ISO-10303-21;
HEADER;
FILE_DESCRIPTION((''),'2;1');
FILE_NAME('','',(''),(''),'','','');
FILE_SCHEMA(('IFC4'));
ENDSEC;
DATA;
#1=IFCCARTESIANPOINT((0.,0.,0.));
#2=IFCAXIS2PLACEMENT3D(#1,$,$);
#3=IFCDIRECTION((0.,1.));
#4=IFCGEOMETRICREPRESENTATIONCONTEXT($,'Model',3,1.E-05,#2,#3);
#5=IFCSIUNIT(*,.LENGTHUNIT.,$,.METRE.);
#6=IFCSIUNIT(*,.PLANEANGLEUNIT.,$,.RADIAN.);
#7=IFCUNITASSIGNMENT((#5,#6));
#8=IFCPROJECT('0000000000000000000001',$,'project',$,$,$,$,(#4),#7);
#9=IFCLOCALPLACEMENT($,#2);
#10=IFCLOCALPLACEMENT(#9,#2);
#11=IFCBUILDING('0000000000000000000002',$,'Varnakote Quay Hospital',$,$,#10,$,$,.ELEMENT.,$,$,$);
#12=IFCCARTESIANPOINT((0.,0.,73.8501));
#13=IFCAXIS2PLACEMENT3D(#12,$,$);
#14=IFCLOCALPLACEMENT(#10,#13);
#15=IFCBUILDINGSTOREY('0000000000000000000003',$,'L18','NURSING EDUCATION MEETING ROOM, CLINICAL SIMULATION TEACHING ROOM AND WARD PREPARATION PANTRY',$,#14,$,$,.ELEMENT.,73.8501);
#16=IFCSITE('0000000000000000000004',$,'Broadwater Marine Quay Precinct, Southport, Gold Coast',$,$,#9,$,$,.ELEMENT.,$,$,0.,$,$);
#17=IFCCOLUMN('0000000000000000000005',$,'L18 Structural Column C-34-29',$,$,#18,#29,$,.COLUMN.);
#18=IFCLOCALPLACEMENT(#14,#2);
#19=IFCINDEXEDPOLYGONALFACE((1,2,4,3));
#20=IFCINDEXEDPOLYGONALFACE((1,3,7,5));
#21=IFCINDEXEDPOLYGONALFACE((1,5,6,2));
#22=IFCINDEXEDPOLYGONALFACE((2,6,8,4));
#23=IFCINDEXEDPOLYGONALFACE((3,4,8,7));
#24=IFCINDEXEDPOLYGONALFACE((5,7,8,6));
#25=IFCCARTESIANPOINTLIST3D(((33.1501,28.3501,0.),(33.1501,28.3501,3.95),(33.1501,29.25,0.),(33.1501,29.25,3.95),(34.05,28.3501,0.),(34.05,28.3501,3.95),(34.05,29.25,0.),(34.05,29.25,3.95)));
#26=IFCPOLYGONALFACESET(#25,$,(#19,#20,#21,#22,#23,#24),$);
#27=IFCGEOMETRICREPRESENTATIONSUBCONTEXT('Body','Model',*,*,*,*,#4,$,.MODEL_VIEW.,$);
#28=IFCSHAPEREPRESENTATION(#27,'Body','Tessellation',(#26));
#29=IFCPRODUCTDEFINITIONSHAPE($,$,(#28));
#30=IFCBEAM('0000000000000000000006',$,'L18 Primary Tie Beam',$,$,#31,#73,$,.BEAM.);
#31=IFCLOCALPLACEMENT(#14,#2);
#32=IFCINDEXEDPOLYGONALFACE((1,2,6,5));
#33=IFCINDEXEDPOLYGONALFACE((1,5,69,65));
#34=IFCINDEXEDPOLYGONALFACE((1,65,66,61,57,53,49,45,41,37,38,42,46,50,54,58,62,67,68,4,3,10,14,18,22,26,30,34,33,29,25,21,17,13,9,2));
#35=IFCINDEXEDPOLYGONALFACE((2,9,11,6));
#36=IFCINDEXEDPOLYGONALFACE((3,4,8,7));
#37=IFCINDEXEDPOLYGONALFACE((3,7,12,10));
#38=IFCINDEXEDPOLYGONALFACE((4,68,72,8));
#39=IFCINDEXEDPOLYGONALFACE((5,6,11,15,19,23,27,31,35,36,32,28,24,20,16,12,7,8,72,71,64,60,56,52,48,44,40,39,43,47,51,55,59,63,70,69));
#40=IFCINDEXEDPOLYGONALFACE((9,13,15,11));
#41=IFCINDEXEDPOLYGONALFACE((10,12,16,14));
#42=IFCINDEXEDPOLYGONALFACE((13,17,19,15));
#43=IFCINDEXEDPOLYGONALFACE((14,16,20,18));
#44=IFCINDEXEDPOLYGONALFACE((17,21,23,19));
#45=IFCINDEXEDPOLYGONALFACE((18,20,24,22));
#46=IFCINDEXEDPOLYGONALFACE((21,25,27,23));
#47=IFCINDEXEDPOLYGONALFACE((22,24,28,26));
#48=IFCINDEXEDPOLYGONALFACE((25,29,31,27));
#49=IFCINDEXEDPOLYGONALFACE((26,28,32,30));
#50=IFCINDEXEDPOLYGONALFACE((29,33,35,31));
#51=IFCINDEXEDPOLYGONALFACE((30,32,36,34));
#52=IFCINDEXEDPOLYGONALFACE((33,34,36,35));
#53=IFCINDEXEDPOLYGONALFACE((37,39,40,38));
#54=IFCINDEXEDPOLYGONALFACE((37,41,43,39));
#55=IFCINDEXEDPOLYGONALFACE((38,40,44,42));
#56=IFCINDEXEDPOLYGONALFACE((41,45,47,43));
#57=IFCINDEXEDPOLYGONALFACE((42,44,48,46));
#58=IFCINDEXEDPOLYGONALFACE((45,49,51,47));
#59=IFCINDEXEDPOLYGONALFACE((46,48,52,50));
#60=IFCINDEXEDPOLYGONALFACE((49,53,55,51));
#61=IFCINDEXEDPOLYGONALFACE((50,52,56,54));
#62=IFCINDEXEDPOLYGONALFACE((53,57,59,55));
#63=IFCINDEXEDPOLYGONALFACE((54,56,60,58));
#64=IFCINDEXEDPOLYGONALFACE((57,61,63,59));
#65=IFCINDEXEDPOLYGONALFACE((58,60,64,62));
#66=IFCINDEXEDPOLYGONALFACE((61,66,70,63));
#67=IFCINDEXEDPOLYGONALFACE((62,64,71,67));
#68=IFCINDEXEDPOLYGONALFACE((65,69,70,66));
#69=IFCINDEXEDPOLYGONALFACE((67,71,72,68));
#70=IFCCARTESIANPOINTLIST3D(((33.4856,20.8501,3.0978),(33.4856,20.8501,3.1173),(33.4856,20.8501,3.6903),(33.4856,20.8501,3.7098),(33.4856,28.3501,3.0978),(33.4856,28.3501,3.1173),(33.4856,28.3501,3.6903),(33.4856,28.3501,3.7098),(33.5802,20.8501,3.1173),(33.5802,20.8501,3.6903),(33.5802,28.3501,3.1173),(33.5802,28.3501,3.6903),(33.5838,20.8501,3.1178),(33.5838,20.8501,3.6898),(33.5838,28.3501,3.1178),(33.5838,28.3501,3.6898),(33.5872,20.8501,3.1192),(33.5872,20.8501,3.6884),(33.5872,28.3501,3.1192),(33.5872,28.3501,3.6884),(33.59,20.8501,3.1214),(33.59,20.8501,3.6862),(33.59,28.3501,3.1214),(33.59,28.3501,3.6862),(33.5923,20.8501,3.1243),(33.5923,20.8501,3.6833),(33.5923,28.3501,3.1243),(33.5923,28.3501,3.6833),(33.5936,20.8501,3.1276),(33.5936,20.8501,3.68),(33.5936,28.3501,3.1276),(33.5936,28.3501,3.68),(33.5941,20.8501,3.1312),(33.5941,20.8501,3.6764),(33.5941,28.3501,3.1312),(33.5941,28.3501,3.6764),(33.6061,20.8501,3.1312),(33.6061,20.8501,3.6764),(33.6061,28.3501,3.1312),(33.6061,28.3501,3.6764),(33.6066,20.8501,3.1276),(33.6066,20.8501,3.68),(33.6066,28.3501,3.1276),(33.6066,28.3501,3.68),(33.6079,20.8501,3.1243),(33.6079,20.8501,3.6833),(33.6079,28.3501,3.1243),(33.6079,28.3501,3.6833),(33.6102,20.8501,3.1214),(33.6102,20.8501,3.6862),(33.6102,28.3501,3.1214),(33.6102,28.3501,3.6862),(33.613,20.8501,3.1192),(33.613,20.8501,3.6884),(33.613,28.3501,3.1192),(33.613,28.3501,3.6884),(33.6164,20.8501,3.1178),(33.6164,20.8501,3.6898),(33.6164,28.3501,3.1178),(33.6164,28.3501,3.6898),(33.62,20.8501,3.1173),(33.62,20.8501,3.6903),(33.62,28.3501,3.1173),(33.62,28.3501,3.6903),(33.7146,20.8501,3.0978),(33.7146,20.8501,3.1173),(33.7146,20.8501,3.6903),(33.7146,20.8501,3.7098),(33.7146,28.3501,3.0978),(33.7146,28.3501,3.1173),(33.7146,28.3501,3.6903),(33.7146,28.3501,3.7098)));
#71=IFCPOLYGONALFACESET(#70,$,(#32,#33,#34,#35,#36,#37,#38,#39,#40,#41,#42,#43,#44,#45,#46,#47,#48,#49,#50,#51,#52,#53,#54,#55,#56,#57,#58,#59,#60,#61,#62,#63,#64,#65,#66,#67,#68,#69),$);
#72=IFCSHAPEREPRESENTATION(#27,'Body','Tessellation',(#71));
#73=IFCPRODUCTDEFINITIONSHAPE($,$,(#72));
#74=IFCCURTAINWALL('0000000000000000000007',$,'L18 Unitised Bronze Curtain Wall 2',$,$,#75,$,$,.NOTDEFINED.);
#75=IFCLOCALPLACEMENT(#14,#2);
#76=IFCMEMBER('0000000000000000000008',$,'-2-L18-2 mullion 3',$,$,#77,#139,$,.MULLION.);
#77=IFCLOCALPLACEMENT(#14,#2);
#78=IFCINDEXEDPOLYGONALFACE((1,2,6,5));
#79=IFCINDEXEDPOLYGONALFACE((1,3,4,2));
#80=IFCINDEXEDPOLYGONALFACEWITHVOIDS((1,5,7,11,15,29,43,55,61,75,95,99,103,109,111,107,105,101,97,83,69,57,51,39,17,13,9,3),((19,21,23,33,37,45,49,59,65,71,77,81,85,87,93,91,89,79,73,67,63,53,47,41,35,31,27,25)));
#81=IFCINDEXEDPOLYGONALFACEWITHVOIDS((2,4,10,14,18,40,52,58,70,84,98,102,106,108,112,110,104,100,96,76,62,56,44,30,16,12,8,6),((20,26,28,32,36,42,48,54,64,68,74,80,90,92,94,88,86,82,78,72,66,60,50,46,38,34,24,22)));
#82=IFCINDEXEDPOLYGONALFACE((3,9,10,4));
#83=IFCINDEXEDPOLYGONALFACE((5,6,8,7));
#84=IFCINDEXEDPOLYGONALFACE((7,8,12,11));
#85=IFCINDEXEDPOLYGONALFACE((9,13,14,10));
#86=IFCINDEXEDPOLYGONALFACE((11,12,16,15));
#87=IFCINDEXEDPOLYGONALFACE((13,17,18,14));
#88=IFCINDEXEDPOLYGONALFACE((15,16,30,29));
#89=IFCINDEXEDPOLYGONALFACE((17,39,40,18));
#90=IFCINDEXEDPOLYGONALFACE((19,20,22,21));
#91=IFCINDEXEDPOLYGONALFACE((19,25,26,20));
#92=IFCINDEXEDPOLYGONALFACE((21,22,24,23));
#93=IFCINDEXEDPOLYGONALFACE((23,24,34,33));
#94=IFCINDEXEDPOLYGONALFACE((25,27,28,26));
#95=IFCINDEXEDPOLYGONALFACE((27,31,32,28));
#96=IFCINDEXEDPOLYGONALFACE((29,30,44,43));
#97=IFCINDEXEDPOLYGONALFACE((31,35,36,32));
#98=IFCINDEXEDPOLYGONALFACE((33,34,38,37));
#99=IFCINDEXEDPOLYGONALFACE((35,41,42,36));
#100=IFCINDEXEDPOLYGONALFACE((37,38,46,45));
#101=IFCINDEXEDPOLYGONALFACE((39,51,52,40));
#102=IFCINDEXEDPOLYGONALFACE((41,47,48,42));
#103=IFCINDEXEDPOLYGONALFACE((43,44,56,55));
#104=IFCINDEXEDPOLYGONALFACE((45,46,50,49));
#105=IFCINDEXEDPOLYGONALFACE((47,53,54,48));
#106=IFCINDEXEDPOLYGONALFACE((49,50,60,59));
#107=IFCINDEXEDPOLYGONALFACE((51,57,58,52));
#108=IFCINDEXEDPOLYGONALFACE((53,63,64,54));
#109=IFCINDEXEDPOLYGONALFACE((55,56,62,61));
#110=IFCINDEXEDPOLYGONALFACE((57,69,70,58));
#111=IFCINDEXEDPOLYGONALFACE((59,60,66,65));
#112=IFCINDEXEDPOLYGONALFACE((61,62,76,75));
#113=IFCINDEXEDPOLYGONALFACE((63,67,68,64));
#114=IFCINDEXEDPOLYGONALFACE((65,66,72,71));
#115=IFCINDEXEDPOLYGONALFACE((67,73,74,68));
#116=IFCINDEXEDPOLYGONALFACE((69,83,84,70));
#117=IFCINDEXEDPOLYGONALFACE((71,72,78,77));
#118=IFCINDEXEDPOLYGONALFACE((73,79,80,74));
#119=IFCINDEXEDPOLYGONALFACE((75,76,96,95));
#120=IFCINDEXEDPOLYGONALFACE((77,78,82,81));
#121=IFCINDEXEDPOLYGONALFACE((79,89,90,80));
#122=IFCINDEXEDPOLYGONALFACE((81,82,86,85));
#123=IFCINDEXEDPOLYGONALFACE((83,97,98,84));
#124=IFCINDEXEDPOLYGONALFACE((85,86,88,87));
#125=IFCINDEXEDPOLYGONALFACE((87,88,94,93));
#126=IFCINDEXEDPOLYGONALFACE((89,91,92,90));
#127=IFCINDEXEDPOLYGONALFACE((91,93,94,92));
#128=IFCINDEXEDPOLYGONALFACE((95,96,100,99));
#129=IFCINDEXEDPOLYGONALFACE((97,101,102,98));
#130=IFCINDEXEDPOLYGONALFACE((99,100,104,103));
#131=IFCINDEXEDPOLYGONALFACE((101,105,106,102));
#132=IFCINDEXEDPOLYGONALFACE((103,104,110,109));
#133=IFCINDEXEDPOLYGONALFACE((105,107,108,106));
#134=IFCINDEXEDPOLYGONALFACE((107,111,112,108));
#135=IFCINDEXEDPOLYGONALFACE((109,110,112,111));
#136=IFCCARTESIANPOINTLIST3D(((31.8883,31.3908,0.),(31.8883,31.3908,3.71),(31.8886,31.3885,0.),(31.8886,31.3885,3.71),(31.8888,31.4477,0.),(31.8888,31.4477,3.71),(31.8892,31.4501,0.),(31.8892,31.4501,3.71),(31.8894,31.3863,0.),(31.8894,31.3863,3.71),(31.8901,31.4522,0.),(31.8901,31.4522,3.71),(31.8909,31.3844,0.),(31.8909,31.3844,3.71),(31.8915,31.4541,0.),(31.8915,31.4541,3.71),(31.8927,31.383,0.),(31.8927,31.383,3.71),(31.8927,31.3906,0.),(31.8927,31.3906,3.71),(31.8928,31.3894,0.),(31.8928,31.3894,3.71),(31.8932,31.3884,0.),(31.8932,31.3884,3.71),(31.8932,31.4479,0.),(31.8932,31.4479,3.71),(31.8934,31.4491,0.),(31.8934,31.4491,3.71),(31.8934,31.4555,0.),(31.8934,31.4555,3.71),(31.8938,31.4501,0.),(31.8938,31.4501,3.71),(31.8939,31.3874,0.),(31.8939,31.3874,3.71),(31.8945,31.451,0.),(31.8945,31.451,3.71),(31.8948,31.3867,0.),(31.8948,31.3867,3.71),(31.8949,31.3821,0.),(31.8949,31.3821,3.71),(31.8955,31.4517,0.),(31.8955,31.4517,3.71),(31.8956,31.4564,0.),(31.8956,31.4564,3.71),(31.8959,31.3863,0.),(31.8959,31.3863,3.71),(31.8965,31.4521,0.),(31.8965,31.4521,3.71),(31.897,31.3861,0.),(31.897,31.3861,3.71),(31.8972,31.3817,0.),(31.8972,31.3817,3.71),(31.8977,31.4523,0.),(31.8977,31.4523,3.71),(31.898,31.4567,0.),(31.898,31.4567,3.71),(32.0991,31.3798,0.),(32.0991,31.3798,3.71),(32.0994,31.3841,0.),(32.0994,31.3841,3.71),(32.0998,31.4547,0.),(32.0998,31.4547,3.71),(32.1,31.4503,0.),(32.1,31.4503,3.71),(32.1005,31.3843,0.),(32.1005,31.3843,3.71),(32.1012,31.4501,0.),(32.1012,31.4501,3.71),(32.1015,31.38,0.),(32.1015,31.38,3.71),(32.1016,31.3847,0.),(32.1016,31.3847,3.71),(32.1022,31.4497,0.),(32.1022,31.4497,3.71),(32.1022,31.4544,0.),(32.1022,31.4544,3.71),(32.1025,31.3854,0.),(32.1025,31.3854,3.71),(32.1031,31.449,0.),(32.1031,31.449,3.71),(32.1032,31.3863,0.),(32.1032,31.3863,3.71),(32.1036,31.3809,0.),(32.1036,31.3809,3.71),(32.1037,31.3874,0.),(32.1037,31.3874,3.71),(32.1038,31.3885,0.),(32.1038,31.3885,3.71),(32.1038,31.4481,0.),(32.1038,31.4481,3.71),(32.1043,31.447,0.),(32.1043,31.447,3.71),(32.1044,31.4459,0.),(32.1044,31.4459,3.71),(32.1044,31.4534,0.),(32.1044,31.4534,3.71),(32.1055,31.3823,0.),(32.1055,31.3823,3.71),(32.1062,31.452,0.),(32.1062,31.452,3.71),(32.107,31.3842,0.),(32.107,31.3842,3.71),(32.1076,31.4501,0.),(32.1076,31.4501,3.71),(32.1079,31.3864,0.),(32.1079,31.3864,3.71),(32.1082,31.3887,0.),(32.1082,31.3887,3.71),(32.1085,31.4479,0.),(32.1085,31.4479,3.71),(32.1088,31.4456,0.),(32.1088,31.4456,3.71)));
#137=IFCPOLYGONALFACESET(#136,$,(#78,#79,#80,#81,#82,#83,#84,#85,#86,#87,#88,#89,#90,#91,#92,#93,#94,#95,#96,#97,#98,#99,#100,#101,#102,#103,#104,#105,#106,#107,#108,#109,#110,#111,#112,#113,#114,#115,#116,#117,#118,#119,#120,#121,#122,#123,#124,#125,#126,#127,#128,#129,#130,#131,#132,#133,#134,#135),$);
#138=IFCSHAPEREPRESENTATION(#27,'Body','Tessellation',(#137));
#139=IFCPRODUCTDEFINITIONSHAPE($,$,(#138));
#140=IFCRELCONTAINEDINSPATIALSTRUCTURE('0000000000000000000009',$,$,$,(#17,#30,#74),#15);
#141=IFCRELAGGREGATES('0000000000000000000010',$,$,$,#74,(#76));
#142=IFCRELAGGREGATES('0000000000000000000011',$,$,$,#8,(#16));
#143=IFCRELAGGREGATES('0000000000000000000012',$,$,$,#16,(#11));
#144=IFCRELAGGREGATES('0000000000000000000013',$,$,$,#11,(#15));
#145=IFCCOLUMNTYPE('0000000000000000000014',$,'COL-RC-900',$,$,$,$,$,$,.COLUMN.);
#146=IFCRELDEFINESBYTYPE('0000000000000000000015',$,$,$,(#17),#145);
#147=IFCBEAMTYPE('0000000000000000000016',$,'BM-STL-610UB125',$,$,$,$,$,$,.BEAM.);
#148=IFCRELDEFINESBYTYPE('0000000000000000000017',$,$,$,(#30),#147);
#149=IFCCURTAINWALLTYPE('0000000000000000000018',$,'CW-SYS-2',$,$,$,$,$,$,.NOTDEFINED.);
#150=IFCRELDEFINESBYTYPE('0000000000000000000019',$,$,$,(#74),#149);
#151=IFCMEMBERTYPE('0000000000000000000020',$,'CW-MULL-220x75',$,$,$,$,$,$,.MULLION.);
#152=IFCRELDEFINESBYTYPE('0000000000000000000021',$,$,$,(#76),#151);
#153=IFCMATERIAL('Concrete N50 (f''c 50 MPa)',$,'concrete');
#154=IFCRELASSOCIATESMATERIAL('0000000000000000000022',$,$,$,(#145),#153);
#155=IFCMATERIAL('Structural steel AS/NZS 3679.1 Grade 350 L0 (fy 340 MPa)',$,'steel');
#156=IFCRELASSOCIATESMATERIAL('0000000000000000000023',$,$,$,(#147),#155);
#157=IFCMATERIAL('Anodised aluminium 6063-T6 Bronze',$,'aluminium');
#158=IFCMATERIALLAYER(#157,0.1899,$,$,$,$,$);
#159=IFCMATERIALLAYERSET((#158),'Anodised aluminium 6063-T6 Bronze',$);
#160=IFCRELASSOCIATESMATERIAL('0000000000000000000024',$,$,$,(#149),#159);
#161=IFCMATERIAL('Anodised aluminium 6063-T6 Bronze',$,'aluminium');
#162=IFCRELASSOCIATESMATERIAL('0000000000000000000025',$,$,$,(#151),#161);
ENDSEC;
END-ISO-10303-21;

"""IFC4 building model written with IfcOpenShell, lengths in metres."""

from ifc_helpers import new_model, si_unit, direction, frame, origin, origin_2d, place, context, subcontext, project, spatial, rectangle, hollow_rectangle, i_section, extrude, material, layer, layer_set, material_profile, profile_set, type_object, element, aggregate, save


model = new_model("IFC4")

# Units and contexts
model_context = context("Model", 3, precision=1e-05, world=origin(), true_north=direction((0.0, 1.0)))
body_context = subcontext(model_context, "Body", "Model", "MODEL_VIEW")
ifc_project = project(units=[si_unit("LENGTHUNIT", "METRE"), si_unit("PLANEANGLEUNIT", "RADIAN")], contexts=[model_context])

# Site, building, storey
site_placement = place(None, origin())
site = spatial("IfcSite", under=ifc_project, at=site_placement, Name="Broadwater Marine Quay Precinct, Southport, Gold Coast", CompositionType="ELEMENT", RefElevation=0.0)
building_placement = place(site_placement, origin())
building = spatial("IfcBuilding", under=site, at=building_placement, Name="Varnakote Quay Hospital", CompositionType="ELEMENT")
storey_placement = place(building_placement, frame((0.0, 0.0, 73.8501)))
storey = spatial("IfcBuildingStorey", under=building, at=storey_placement, Name="L18", Description="NURSING EDUCATION MEETING ROOM, CLINICAL SIMULATION TEACHING ROOM AND WARD PREPARATION PANTRY", CompositionType="ELEMENT", Elevation=73.8501)

# Column
ifc_material_1 = material(Name="Concrete N50 (f'c 50 MPa)", Category="concrete")
ifc_material_profile_1 = material_profile(ifc_material_1, rectangle(XDim=0.8999, YDim=0.8999, at=origin_2d()), Name="RC-COL-900x900")
ifc_profile_set_1 = profile_set([ifc_material_profile_1], Name="Concrete N50 (f'c 50 MPa)")
column_type = type_object("IfcColumnType", Name="COL-RC-900", PredefinedType="COLUMN", material=ifc_profile_set_1)
column_placement = place(storey_placement, frame((33.6001, 28.8, 0.0), z_axis=(0.0, 0.0, 1.0), x_axis=(1.0, 0.0, 0.0)))
element("IfcColumn", 1, at=column_placement, inside=storey, type_object=column_type, Name="L18 Structural Column C-34-29", PredefinedType="COLUMN", context=body_context, shape_type="SweptSolid", body=[
    extrude(rectangle(XDim=0.8999, YDim=0.8999, at=origin_2d()), origin(), (0.0, 0.0, 1.0), 3.95),
])

# Beam
ifc_material_2 = material(Name="Structural steel AS/NZS 3679.1 Grade 350 L0 (fy 340 MPa)", Category="steel")
ifc_material_profile_2 = material_profile(ifc_material_2, i_section(OverallWidth=0.229, OverallDepth=0.6121, WebThickness=0.012, FlangeThickness=0.0195, FilletRadius=0.0139, at=origin_2d()), Name="610UB125")
ifc_profile_set_2 = profile_set([ifc_material_profile_2], Name="Structural steel AS/NZS 3679.1 Grade 350 L0 (fy 340 MPa)")
beam_type = type_object("IfcBeamType", Name="BM-STL-610UB125", PredefinedType="BEAM", material=ifc_profile_set_2)
beam_placement = place(storey_placement, frame((33.6001, 20.8501, 3.4038), z_axis=(0.0, 1.0, 0.0), x_axis=(-1.0, 0.0, 0.0)))
element("IfcBeam", 2, at=beam_placement, inside=storey, type_object=beam_type, Name="L18 Primary Tie Beam", PredefinedType="BEAM", context=body_context, shape_type="SweptSolid", body=[
    extrude(i_section(OverallWidth=0.229, OverallDepth=0.6121, WebThickness=0.012, FlangeThickness=0.0195, FilletRadius=0.0139, at=origin_2d()), origin(), (0.0, 0.0, 1.0), 7.5),
])

# Curtain wall, member
ifc_material_3 = material(Name="Anodised aluminium 6063-T6 Bronze", Category="aluminium")
ifc_layer_1 = layer(ifc_material_3, 0.1899)
ifc_layer_set_1 = layer_set([ifc_layer_1], Name="Anodised aluminium 6063-T6 Bronze")
curtain_wall_type = type_object("IfcCurtainWallType", Name="CW-SYS-2", PredefinedType="NOTDEFINED", material=ifc_layer_set_1)
curtain_wall_placement = place(storey_placement, origin())
curtain_wall = element("IfcCurtainWall", 3, at=curtain_wall_placement, inside=storey, type_object=curtain_wall_type, Name="L18 Unitised Bronze Curtain Wall 2", PredefinedType="NOTDEFINED")
ifc_material_4 = material(Name="Anodised aluminium 6063-T6 Bronze", Category="aluminium")
ifc_material_profile_3 = material_profile(ifc_material_4, hollow_rectangle(XDim=0.075, YDim=0.22, WallThickness=0.0044, InnerFilletRadius=0.0044, OuterFilletRadius=0.009, at=origin_2d()), Name="CW-MULL-220x75")
ifc_profile_set_3 = profile_set([ifc_material_profile_3], Name="Anodised aluminium 6063-T6 Bronze")
member_type_1 = type_object("IfcMemberType", Name="CW-MULL-220x75", PredefinedType="MULLION", material=ifc_profile_set_3)
member_1_placement = place(storey_placement, frame((31.9985, 31.4182, 0.0), z_axis=(0.0, 0.0, 1.0), x_axis=(-0.009774, -0.999952, 0.0)))
member_1 = element("IfcMember", 4, at=member_1_placement, type_object=member_type_1, Name="-2-L18-2 mullion 3", PredefinedType="MULLION", context=body_context, shape_type="SweptSolid", body=[
    extrude(hollow_rectangle(XDim=0.075, YDim=0.22, WallThickness=0.0044, InnerFilletRadius=0.0044, OuterFilletRadius=0.009, at=origin_2d()), origin(), (0.0, 0.0, 1.0), 3.71),
])
aggregate(curtain_wall, [member_1])

save(model, "model.ifc")
